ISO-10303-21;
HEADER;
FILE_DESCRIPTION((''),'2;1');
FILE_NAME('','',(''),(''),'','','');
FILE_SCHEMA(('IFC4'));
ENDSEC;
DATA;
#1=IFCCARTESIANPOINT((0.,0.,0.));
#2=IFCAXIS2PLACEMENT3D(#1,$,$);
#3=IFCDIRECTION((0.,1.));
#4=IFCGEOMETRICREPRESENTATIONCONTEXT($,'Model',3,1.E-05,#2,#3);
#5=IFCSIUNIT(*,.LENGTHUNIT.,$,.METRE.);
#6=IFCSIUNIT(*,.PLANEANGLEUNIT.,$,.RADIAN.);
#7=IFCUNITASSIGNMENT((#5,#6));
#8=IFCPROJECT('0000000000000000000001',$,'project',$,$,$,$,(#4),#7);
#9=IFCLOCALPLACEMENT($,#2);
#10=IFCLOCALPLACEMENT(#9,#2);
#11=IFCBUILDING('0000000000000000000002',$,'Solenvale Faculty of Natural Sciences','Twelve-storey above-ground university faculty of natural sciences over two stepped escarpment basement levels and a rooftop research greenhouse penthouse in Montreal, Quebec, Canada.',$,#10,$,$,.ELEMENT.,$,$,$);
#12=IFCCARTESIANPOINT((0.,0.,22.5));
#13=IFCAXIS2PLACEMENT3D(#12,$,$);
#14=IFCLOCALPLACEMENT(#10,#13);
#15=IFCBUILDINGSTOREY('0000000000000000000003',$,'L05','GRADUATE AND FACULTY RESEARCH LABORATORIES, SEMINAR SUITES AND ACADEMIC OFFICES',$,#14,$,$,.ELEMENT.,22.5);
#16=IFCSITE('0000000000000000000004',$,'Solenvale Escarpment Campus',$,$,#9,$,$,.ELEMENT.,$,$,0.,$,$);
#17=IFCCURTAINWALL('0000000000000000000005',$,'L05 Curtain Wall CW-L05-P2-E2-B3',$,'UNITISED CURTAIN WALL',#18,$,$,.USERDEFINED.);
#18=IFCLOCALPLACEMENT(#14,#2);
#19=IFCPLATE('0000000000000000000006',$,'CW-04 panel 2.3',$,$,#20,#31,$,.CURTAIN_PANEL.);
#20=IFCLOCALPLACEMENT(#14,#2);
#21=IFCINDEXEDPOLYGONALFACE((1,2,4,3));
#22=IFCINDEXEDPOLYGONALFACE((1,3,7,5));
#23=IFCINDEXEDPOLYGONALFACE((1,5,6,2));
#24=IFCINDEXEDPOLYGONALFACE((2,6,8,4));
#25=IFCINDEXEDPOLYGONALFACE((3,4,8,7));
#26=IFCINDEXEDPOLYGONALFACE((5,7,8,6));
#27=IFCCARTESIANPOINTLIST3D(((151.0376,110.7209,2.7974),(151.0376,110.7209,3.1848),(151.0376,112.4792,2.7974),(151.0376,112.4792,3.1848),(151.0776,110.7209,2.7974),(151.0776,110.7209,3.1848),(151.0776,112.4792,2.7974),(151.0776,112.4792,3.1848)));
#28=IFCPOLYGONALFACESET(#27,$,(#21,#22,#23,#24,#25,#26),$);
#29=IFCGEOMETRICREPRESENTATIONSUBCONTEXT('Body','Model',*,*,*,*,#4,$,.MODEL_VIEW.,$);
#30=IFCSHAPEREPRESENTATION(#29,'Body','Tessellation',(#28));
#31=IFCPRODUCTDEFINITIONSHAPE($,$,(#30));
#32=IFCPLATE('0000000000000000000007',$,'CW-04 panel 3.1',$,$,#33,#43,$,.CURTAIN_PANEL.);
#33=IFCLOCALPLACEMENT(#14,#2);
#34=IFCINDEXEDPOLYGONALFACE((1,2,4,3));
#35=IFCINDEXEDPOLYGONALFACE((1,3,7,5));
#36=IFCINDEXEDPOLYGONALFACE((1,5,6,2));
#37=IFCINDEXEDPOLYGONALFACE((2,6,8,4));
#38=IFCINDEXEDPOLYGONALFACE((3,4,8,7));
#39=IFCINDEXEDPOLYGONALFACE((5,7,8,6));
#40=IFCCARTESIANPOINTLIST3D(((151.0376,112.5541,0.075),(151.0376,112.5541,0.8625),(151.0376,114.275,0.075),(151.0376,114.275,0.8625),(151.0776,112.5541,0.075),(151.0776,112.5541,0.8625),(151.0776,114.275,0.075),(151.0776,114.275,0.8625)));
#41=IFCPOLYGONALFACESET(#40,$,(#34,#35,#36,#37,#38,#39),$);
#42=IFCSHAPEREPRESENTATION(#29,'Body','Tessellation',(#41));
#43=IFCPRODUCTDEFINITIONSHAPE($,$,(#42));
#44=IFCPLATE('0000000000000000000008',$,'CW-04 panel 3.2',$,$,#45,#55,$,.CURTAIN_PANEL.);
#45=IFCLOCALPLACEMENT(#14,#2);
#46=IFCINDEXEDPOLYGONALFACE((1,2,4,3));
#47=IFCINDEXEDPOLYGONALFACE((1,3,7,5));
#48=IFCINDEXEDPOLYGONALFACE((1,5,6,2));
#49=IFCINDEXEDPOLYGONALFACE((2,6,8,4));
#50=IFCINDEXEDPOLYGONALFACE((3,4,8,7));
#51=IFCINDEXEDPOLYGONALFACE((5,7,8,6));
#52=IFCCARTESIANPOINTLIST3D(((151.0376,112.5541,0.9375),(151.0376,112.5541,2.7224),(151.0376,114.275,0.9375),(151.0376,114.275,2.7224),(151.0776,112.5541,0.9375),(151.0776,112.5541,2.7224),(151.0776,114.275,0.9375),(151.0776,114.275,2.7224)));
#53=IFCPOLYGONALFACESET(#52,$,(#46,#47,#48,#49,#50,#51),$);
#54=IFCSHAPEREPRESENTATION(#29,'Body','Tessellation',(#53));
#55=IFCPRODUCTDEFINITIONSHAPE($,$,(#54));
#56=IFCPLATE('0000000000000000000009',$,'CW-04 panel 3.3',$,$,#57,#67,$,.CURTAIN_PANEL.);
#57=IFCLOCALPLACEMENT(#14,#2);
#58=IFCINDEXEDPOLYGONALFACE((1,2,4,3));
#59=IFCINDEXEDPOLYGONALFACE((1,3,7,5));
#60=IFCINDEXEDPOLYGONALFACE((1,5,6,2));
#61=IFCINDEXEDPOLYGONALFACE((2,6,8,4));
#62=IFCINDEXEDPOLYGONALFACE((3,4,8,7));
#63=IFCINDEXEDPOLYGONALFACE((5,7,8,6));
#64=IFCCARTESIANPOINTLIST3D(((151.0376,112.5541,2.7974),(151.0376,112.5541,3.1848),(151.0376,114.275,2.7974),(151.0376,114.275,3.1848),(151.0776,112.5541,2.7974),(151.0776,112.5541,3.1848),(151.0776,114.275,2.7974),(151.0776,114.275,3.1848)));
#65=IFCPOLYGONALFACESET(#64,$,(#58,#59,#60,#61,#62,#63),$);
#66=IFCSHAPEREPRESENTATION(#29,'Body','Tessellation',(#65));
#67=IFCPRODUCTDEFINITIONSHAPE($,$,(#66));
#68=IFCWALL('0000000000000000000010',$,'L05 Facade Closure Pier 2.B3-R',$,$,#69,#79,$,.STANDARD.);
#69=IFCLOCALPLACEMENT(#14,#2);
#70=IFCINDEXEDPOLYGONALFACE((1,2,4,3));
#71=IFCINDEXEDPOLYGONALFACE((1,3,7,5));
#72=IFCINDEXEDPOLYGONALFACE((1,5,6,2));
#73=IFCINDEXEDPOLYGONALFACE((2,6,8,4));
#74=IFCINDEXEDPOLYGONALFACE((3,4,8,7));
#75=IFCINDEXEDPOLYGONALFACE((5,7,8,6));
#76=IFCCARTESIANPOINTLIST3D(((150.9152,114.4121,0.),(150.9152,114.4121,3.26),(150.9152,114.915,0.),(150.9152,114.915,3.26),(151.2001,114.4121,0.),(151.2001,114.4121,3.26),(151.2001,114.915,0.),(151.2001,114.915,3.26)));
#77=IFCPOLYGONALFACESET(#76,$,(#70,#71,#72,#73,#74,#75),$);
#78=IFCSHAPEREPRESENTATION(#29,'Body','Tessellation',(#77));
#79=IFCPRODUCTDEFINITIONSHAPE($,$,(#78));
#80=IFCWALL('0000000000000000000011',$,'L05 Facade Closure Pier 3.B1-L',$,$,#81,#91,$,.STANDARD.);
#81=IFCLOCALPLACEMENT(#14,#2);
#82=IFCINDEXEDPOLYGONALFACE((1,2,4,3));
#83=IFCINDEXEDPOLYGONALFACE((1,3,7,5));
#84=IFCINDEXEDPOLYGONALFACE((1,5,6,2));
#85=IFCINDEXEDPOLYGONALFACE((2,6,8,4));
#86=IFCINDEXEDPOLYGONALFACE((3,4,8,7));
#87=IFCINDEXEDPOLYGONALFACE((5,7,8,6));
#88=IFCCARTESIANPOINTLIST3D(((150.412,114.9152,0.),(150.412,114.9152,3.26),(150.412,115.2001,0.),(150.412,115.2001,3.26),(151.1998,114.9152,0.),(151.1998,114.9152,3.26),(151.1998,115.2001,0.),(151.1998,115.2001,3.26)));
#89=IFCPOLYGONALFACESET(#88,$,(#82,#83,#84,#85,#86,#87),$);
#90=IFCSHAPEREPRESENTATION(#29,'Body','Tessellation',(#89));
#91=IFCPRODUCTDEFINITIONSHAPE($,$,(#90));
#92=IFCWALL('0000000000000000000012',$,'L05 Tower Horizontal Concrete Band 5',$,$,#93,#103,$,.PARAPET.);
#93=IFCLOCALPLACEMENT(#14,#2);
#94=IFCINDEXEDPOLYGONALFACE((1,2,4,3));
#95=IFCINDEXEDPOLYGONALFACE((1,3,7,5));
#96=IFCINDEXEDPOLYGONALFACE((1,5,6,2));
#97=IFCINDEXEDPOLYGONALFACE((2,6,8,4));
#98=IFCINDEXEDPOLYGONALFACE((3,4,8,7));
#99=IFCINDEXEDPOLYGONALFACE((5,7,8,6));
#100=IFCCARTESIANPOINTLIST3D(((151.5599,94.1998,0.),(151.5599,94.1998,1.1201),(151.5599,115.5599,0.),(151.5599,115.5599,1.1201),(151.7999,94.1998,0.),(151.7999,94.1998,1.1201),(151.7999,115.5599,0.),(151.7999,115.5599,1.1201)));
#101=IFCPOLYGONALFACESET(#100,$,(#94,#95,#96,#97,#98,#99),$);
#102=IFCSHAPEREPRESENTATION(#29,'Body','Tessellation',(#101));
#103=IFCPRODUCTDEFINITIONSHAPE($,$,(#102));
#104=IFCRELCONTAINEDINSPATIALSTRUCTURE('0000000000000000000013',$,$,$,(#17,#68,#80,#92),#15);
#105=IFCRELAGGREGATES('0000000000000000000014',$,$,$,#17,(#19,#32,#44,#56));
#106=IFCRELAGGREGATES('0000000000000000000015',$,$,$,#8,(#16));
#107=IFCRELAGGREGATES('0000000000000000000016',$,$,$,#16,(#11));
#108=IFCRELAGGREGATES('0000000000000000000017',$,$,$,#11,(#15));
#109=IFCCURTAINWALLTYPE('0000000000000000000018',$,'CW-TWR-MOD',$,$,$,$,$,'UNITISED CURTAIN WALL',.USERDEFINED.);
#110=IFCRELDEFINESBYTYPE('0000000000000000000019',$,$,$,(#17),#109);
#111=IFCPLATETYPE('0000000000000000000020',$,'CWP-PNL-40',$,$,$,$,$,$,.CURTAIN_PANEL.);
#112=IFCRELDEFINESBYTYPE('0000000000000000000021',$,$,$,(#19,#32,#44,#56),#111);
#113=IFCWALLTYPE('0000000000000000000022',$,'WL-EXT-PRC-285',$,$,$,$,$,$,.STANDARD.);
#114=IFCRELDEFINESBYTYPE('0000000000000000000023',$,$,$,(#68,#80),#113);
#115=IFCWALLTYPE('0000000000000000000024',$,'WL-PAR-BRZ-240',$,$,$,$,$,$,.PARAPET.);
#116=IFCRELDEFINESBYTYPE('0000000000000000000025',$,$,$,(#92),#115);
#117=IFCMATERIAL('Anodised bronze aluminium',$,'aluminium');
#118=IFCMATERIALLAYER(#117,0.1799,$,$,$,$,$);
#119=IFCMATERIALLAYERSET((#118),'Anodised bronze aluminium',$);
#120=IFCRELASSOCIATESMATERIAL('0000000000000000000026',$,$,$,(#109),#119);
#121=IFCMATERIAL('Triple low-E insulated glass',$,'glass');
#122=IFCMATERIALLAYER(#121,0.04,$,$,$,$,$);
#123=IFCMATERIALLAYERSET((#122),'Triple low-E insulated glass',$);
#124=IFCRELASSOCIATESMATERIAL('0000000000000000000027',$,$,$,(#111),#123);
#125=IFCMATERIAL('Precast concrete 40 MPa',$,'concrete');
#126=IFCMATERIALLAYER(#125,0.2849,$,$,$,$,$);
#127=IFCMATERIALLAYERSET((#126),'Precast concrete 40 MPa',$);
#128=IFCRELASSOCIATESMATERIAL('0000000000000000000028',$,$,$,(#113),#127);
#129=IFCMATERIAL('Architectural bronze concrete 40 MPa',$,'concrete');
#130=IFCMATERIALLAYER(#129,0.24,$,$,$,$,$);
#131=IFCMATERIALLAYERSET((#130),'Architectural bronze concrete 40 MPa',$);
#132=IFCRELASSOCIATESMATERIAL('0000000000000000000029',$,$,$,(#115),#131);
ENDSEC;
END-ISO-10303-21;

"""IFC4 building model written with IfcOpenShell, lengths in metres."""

from ifc_helpers import new_model, si_unit, direction, frame, frame_2d, origin, origin_2d, place, context, subcontext, project, spatial, rectangle, extrude, material, layer, layer_set, type_object, element, aggregate, save


model = new_model("IFC4")

# Units and contexts
model_context = context("Model", 3, precision=1e-05, world=origin(), true_north=direction((0.0, 1.0)))
body_context = subcontext(model_context, "Body", "Model", "MODEL_VIEW")
ifc_project = project(units=[si_unit("LENGTHUNIT", "METRE"), si_unit("PLANEANGLEUNIT", "RADIAN")], contexts=[model_context])

# Site, building, storey
site_placement = place(None, origin())
site = spatial("IfcSite", under=ifc_project, at=site_placement, Name="Solenvale Escarpment Campus", CompositionType="ELEMENT", RefElevation=0.0)
building_placement = place(site_placement, origin())
building = spatial("IfcBuilding", under=site, at=building_placement, Name="Solenvale Faculty of Natural Sciences", Description="Twelve-storey above-ground university faculty of natural sciences over two stepped escarpment basement levels and a rooftop research greenhouse penthouse in Montreal, Quebec, Canada.", CompositionType="ELEMENT")
storey_placement = place(building_placement, frame((0.0, 0.0, 22.5)))
storey = spatial("IfcBuildingStorey", under=building, at=storey_placement, Name="L05", Description="GRADUATE AND FACULTY RESEARCH LABORATORIES, SEMINAR SUITES AND ACADEMIC OFFICES", CompositionType="ELEMENT", Elevation=22.5)

# Curtain wall
ifc_material_1 = material(Name="Anodised bronze aluminium", Category="aluminium")
ifc_layer_1 = layer(ifc_material_1, 0.1799)
ifc_layer_set_1 = layer_set([ifc_layer_1], Name="Anodised bronze aluminium")
curtain_wall_type = type_object("IfcCurtainWallType", Name="CW-TWR-MOD", ElementType="UNITISED CURTAIN WALL", PredefinedType="USERDEFINED", material=ifc_layer_set_1)
curtain_wall_1_placement = place(storey_placement, origin())
curtain_wall_1 = element("IfcCurtainWall", 1, at=curtain_wall_1_placement, inside=storey, type_object=curtain_wall_type, Name="L05 Curtain Wall CW-L05-P2-E2-B3", ObjectType="UNITISED CURTAIN WALL", PredefinedType="USERDEFINED")

# Plates
ifc_material_2 = material(Name="Triple low-E insulated glass", Category="glass")
ifc_layer_2 = layer(ifc_material_2, 0.04)
ifc_layer_set_2 = layer_set([ifc_layer_2], Name="Triple low-E insulated glass")
plate_type = type_object("IfcPlateType", Name="CWP-PNL-40", PredefinedType="CURTAIN_PANEL", material=ifc_layer_set_2)
plate_1_placement = place(storey_placement, frame((151.0576, 111.6001, 2.7974), z_axis=(0.0, 0.0, 1.0), x_axis=(0.0, 1.0, 0.0)))
plate_1 = element("IfcPlate", 2, at=plate_1_placement, type_object=plate_type, Name="CW-04 panel 2.3", PredefinedType="CURTAIN_PANEL", context=body_context, shape_type="SweptSolid", body=[
    extrude(rectangle(XDim=1.7583, YDim=0.04, at=origin_2d()), origin(), (0.0, 0.0, 1.0), 0.3875),
])
plate_2_placement = place(storey_placement, frame((151.0576, 113.4146, 0.075), z_axis=(0.0, 0.0, 1.0), x_axis=(0.0, 1.0, 0.0)))
plate_2 = element("IfcPlate", 3, at=plate_2_placement, type_object=plate_type, Name="CW-04 panel 3.1", PredefinedType="CURTAIN_PANEL", context=body_context, shape_type="SweptSolid", body=[
    extrude(rectangle(XDim=1.7209, YDim=0.04, at=origin_2d()), origin(), (0.0, 0.0, 1.0), 0.7876),
])
plate_3_placement = place(storey_placement, frame((151.0576, 113.4146, 0.9375), z_axis=(0.0, 0.0, 1.0), x_axis=(0.0, 1.0, 0.0)))
plate_3 = element("IfcPlate", 4, at=plate_3_placement, type_object=plate_type, Name="CW-04 panel 3.2", PredefinedType="CURTAIN_PANEL", context=body_context, shape_type="SweptSolid", body=[
    extrude(rectangle(XDim=1.7209, YDim=0.04, at=origin_2d()), origin(), (0.0, 0.0, 1.0), 1.7849),
])
plate_4_placement = place(storey_placement, frame((151.0576, 113.4146, 2.7974), z_axis=(0.0, 0.0, 1.0), x_axis=(0.0, 1.0, 0.0)))
plate_4 = element("IfcPlate", 5, at=plate_4_placement, type_object=plate_type, Name="CW-04 panel 3.3", PredefinedType="CURTAIN_PANEL", context=body_context, shape_type="SweptSolid", body=[
    extrude(rectangle(XDim=1.7209, YDim=0.04, at=origin_2d()), origin(), (0.0, 0.0, 1.0), 0.3875),
])
aggregate(curtain_wall_1, [plate_1, plate_2, plate_3, plate_4])

# Walls
ifc_material_3 = material(Name="Precast concrete 40 MPa", Category="concrete")
ifc_layer_3 = layer(ifc_material_3, 0.2849)
ifc_layer_set_3 = layer_set([ifc_layer_3], Name="Precast concrete 40 MPa")
wall_type_1 = type_object("IfcWallType", Name="WL-EXT-PRC-285", PredefinedType="STANDARD", material=ifc_layer_set_3)
wall_1_placement = place(storey_placement, frame((151.0576, 114.4121, 0.0), z_axis=(0.0, 0.0, 1.0), x_axis=(0.0, 1.0, 0.0)))
element("IfcWall", 6, at=wall_1_placement, inside=storey, type_object=wall_type_1, Name="L05 Facade Closure Pier 2.B3-R", PredefinedType="STANDARD", context=body_context, shape_type="SweptSolid", body=[
    extrude(rectangle(XDim=0.5029, YDim=0.2849, at=frame_2d((0.2515, 0.0))), origin(), (0.0, 0.0, 1.0), 3.26),
])
wall_2_placement = place(storey_placement, frame((151.2, 115.0576, 0.0), z_axis=(0.0, 0.0, 1.0), x_axis=(-1.0, 0.0, 0.0)))
element("IfcWall", 7, at=wall_2_placement, inside=storey, type_object=wall_type_1, Name="L05 Facade Closure Pier 3.B1-L", PredefinedType="STANDARD", context=body_context, shape_type="SweptSolid", body=[
    extrude(rectangle(XDim=0.7878, YDim=0.2849, at=frame_2d((0.394, 0.0))), origin(), (0.0, 0.0, 1.0), 3.26),
])
ifc_material_4 = material(Name="Architectural bronze concrete 40 MPa", Category="concrete")
ifc_layer_4 = layer(ifc_material_4, 0.24)
ifc_layer_set_4 = layer_set([ifc_layer_4], Name="Architectural bronze concrete 40 MPa")
wall_type_2 = type_object("IfcWallType", Name="WL-PAR-BRZ-240", PredefinedType="PARAPET", material=ifc_layer_set_4)
wall_3_placement = place(storey_placement, frame((151.6799, 115.5601, 0.0), z_axis=(0.0, 0.0, 1.0), x_axis=(0.0, -1.0, 0.0)))
element("IfcWall", 8, at=wall_3_placement, inside=storey, type_object=wall_type_2, Name="L05 Tower Horizontal Concrete Band 5", PredefinedType="PARAPET", context=body_context, shape_type="SweptSolid", body=[
    extrude(rectangle(XDim=21.3601, YDim=0.24, at=frame_2d((10.6802, 0.0))), origin(), (0.0, 0.0, 1.0), 1.1201),
])

save(model, "model.ifc")
